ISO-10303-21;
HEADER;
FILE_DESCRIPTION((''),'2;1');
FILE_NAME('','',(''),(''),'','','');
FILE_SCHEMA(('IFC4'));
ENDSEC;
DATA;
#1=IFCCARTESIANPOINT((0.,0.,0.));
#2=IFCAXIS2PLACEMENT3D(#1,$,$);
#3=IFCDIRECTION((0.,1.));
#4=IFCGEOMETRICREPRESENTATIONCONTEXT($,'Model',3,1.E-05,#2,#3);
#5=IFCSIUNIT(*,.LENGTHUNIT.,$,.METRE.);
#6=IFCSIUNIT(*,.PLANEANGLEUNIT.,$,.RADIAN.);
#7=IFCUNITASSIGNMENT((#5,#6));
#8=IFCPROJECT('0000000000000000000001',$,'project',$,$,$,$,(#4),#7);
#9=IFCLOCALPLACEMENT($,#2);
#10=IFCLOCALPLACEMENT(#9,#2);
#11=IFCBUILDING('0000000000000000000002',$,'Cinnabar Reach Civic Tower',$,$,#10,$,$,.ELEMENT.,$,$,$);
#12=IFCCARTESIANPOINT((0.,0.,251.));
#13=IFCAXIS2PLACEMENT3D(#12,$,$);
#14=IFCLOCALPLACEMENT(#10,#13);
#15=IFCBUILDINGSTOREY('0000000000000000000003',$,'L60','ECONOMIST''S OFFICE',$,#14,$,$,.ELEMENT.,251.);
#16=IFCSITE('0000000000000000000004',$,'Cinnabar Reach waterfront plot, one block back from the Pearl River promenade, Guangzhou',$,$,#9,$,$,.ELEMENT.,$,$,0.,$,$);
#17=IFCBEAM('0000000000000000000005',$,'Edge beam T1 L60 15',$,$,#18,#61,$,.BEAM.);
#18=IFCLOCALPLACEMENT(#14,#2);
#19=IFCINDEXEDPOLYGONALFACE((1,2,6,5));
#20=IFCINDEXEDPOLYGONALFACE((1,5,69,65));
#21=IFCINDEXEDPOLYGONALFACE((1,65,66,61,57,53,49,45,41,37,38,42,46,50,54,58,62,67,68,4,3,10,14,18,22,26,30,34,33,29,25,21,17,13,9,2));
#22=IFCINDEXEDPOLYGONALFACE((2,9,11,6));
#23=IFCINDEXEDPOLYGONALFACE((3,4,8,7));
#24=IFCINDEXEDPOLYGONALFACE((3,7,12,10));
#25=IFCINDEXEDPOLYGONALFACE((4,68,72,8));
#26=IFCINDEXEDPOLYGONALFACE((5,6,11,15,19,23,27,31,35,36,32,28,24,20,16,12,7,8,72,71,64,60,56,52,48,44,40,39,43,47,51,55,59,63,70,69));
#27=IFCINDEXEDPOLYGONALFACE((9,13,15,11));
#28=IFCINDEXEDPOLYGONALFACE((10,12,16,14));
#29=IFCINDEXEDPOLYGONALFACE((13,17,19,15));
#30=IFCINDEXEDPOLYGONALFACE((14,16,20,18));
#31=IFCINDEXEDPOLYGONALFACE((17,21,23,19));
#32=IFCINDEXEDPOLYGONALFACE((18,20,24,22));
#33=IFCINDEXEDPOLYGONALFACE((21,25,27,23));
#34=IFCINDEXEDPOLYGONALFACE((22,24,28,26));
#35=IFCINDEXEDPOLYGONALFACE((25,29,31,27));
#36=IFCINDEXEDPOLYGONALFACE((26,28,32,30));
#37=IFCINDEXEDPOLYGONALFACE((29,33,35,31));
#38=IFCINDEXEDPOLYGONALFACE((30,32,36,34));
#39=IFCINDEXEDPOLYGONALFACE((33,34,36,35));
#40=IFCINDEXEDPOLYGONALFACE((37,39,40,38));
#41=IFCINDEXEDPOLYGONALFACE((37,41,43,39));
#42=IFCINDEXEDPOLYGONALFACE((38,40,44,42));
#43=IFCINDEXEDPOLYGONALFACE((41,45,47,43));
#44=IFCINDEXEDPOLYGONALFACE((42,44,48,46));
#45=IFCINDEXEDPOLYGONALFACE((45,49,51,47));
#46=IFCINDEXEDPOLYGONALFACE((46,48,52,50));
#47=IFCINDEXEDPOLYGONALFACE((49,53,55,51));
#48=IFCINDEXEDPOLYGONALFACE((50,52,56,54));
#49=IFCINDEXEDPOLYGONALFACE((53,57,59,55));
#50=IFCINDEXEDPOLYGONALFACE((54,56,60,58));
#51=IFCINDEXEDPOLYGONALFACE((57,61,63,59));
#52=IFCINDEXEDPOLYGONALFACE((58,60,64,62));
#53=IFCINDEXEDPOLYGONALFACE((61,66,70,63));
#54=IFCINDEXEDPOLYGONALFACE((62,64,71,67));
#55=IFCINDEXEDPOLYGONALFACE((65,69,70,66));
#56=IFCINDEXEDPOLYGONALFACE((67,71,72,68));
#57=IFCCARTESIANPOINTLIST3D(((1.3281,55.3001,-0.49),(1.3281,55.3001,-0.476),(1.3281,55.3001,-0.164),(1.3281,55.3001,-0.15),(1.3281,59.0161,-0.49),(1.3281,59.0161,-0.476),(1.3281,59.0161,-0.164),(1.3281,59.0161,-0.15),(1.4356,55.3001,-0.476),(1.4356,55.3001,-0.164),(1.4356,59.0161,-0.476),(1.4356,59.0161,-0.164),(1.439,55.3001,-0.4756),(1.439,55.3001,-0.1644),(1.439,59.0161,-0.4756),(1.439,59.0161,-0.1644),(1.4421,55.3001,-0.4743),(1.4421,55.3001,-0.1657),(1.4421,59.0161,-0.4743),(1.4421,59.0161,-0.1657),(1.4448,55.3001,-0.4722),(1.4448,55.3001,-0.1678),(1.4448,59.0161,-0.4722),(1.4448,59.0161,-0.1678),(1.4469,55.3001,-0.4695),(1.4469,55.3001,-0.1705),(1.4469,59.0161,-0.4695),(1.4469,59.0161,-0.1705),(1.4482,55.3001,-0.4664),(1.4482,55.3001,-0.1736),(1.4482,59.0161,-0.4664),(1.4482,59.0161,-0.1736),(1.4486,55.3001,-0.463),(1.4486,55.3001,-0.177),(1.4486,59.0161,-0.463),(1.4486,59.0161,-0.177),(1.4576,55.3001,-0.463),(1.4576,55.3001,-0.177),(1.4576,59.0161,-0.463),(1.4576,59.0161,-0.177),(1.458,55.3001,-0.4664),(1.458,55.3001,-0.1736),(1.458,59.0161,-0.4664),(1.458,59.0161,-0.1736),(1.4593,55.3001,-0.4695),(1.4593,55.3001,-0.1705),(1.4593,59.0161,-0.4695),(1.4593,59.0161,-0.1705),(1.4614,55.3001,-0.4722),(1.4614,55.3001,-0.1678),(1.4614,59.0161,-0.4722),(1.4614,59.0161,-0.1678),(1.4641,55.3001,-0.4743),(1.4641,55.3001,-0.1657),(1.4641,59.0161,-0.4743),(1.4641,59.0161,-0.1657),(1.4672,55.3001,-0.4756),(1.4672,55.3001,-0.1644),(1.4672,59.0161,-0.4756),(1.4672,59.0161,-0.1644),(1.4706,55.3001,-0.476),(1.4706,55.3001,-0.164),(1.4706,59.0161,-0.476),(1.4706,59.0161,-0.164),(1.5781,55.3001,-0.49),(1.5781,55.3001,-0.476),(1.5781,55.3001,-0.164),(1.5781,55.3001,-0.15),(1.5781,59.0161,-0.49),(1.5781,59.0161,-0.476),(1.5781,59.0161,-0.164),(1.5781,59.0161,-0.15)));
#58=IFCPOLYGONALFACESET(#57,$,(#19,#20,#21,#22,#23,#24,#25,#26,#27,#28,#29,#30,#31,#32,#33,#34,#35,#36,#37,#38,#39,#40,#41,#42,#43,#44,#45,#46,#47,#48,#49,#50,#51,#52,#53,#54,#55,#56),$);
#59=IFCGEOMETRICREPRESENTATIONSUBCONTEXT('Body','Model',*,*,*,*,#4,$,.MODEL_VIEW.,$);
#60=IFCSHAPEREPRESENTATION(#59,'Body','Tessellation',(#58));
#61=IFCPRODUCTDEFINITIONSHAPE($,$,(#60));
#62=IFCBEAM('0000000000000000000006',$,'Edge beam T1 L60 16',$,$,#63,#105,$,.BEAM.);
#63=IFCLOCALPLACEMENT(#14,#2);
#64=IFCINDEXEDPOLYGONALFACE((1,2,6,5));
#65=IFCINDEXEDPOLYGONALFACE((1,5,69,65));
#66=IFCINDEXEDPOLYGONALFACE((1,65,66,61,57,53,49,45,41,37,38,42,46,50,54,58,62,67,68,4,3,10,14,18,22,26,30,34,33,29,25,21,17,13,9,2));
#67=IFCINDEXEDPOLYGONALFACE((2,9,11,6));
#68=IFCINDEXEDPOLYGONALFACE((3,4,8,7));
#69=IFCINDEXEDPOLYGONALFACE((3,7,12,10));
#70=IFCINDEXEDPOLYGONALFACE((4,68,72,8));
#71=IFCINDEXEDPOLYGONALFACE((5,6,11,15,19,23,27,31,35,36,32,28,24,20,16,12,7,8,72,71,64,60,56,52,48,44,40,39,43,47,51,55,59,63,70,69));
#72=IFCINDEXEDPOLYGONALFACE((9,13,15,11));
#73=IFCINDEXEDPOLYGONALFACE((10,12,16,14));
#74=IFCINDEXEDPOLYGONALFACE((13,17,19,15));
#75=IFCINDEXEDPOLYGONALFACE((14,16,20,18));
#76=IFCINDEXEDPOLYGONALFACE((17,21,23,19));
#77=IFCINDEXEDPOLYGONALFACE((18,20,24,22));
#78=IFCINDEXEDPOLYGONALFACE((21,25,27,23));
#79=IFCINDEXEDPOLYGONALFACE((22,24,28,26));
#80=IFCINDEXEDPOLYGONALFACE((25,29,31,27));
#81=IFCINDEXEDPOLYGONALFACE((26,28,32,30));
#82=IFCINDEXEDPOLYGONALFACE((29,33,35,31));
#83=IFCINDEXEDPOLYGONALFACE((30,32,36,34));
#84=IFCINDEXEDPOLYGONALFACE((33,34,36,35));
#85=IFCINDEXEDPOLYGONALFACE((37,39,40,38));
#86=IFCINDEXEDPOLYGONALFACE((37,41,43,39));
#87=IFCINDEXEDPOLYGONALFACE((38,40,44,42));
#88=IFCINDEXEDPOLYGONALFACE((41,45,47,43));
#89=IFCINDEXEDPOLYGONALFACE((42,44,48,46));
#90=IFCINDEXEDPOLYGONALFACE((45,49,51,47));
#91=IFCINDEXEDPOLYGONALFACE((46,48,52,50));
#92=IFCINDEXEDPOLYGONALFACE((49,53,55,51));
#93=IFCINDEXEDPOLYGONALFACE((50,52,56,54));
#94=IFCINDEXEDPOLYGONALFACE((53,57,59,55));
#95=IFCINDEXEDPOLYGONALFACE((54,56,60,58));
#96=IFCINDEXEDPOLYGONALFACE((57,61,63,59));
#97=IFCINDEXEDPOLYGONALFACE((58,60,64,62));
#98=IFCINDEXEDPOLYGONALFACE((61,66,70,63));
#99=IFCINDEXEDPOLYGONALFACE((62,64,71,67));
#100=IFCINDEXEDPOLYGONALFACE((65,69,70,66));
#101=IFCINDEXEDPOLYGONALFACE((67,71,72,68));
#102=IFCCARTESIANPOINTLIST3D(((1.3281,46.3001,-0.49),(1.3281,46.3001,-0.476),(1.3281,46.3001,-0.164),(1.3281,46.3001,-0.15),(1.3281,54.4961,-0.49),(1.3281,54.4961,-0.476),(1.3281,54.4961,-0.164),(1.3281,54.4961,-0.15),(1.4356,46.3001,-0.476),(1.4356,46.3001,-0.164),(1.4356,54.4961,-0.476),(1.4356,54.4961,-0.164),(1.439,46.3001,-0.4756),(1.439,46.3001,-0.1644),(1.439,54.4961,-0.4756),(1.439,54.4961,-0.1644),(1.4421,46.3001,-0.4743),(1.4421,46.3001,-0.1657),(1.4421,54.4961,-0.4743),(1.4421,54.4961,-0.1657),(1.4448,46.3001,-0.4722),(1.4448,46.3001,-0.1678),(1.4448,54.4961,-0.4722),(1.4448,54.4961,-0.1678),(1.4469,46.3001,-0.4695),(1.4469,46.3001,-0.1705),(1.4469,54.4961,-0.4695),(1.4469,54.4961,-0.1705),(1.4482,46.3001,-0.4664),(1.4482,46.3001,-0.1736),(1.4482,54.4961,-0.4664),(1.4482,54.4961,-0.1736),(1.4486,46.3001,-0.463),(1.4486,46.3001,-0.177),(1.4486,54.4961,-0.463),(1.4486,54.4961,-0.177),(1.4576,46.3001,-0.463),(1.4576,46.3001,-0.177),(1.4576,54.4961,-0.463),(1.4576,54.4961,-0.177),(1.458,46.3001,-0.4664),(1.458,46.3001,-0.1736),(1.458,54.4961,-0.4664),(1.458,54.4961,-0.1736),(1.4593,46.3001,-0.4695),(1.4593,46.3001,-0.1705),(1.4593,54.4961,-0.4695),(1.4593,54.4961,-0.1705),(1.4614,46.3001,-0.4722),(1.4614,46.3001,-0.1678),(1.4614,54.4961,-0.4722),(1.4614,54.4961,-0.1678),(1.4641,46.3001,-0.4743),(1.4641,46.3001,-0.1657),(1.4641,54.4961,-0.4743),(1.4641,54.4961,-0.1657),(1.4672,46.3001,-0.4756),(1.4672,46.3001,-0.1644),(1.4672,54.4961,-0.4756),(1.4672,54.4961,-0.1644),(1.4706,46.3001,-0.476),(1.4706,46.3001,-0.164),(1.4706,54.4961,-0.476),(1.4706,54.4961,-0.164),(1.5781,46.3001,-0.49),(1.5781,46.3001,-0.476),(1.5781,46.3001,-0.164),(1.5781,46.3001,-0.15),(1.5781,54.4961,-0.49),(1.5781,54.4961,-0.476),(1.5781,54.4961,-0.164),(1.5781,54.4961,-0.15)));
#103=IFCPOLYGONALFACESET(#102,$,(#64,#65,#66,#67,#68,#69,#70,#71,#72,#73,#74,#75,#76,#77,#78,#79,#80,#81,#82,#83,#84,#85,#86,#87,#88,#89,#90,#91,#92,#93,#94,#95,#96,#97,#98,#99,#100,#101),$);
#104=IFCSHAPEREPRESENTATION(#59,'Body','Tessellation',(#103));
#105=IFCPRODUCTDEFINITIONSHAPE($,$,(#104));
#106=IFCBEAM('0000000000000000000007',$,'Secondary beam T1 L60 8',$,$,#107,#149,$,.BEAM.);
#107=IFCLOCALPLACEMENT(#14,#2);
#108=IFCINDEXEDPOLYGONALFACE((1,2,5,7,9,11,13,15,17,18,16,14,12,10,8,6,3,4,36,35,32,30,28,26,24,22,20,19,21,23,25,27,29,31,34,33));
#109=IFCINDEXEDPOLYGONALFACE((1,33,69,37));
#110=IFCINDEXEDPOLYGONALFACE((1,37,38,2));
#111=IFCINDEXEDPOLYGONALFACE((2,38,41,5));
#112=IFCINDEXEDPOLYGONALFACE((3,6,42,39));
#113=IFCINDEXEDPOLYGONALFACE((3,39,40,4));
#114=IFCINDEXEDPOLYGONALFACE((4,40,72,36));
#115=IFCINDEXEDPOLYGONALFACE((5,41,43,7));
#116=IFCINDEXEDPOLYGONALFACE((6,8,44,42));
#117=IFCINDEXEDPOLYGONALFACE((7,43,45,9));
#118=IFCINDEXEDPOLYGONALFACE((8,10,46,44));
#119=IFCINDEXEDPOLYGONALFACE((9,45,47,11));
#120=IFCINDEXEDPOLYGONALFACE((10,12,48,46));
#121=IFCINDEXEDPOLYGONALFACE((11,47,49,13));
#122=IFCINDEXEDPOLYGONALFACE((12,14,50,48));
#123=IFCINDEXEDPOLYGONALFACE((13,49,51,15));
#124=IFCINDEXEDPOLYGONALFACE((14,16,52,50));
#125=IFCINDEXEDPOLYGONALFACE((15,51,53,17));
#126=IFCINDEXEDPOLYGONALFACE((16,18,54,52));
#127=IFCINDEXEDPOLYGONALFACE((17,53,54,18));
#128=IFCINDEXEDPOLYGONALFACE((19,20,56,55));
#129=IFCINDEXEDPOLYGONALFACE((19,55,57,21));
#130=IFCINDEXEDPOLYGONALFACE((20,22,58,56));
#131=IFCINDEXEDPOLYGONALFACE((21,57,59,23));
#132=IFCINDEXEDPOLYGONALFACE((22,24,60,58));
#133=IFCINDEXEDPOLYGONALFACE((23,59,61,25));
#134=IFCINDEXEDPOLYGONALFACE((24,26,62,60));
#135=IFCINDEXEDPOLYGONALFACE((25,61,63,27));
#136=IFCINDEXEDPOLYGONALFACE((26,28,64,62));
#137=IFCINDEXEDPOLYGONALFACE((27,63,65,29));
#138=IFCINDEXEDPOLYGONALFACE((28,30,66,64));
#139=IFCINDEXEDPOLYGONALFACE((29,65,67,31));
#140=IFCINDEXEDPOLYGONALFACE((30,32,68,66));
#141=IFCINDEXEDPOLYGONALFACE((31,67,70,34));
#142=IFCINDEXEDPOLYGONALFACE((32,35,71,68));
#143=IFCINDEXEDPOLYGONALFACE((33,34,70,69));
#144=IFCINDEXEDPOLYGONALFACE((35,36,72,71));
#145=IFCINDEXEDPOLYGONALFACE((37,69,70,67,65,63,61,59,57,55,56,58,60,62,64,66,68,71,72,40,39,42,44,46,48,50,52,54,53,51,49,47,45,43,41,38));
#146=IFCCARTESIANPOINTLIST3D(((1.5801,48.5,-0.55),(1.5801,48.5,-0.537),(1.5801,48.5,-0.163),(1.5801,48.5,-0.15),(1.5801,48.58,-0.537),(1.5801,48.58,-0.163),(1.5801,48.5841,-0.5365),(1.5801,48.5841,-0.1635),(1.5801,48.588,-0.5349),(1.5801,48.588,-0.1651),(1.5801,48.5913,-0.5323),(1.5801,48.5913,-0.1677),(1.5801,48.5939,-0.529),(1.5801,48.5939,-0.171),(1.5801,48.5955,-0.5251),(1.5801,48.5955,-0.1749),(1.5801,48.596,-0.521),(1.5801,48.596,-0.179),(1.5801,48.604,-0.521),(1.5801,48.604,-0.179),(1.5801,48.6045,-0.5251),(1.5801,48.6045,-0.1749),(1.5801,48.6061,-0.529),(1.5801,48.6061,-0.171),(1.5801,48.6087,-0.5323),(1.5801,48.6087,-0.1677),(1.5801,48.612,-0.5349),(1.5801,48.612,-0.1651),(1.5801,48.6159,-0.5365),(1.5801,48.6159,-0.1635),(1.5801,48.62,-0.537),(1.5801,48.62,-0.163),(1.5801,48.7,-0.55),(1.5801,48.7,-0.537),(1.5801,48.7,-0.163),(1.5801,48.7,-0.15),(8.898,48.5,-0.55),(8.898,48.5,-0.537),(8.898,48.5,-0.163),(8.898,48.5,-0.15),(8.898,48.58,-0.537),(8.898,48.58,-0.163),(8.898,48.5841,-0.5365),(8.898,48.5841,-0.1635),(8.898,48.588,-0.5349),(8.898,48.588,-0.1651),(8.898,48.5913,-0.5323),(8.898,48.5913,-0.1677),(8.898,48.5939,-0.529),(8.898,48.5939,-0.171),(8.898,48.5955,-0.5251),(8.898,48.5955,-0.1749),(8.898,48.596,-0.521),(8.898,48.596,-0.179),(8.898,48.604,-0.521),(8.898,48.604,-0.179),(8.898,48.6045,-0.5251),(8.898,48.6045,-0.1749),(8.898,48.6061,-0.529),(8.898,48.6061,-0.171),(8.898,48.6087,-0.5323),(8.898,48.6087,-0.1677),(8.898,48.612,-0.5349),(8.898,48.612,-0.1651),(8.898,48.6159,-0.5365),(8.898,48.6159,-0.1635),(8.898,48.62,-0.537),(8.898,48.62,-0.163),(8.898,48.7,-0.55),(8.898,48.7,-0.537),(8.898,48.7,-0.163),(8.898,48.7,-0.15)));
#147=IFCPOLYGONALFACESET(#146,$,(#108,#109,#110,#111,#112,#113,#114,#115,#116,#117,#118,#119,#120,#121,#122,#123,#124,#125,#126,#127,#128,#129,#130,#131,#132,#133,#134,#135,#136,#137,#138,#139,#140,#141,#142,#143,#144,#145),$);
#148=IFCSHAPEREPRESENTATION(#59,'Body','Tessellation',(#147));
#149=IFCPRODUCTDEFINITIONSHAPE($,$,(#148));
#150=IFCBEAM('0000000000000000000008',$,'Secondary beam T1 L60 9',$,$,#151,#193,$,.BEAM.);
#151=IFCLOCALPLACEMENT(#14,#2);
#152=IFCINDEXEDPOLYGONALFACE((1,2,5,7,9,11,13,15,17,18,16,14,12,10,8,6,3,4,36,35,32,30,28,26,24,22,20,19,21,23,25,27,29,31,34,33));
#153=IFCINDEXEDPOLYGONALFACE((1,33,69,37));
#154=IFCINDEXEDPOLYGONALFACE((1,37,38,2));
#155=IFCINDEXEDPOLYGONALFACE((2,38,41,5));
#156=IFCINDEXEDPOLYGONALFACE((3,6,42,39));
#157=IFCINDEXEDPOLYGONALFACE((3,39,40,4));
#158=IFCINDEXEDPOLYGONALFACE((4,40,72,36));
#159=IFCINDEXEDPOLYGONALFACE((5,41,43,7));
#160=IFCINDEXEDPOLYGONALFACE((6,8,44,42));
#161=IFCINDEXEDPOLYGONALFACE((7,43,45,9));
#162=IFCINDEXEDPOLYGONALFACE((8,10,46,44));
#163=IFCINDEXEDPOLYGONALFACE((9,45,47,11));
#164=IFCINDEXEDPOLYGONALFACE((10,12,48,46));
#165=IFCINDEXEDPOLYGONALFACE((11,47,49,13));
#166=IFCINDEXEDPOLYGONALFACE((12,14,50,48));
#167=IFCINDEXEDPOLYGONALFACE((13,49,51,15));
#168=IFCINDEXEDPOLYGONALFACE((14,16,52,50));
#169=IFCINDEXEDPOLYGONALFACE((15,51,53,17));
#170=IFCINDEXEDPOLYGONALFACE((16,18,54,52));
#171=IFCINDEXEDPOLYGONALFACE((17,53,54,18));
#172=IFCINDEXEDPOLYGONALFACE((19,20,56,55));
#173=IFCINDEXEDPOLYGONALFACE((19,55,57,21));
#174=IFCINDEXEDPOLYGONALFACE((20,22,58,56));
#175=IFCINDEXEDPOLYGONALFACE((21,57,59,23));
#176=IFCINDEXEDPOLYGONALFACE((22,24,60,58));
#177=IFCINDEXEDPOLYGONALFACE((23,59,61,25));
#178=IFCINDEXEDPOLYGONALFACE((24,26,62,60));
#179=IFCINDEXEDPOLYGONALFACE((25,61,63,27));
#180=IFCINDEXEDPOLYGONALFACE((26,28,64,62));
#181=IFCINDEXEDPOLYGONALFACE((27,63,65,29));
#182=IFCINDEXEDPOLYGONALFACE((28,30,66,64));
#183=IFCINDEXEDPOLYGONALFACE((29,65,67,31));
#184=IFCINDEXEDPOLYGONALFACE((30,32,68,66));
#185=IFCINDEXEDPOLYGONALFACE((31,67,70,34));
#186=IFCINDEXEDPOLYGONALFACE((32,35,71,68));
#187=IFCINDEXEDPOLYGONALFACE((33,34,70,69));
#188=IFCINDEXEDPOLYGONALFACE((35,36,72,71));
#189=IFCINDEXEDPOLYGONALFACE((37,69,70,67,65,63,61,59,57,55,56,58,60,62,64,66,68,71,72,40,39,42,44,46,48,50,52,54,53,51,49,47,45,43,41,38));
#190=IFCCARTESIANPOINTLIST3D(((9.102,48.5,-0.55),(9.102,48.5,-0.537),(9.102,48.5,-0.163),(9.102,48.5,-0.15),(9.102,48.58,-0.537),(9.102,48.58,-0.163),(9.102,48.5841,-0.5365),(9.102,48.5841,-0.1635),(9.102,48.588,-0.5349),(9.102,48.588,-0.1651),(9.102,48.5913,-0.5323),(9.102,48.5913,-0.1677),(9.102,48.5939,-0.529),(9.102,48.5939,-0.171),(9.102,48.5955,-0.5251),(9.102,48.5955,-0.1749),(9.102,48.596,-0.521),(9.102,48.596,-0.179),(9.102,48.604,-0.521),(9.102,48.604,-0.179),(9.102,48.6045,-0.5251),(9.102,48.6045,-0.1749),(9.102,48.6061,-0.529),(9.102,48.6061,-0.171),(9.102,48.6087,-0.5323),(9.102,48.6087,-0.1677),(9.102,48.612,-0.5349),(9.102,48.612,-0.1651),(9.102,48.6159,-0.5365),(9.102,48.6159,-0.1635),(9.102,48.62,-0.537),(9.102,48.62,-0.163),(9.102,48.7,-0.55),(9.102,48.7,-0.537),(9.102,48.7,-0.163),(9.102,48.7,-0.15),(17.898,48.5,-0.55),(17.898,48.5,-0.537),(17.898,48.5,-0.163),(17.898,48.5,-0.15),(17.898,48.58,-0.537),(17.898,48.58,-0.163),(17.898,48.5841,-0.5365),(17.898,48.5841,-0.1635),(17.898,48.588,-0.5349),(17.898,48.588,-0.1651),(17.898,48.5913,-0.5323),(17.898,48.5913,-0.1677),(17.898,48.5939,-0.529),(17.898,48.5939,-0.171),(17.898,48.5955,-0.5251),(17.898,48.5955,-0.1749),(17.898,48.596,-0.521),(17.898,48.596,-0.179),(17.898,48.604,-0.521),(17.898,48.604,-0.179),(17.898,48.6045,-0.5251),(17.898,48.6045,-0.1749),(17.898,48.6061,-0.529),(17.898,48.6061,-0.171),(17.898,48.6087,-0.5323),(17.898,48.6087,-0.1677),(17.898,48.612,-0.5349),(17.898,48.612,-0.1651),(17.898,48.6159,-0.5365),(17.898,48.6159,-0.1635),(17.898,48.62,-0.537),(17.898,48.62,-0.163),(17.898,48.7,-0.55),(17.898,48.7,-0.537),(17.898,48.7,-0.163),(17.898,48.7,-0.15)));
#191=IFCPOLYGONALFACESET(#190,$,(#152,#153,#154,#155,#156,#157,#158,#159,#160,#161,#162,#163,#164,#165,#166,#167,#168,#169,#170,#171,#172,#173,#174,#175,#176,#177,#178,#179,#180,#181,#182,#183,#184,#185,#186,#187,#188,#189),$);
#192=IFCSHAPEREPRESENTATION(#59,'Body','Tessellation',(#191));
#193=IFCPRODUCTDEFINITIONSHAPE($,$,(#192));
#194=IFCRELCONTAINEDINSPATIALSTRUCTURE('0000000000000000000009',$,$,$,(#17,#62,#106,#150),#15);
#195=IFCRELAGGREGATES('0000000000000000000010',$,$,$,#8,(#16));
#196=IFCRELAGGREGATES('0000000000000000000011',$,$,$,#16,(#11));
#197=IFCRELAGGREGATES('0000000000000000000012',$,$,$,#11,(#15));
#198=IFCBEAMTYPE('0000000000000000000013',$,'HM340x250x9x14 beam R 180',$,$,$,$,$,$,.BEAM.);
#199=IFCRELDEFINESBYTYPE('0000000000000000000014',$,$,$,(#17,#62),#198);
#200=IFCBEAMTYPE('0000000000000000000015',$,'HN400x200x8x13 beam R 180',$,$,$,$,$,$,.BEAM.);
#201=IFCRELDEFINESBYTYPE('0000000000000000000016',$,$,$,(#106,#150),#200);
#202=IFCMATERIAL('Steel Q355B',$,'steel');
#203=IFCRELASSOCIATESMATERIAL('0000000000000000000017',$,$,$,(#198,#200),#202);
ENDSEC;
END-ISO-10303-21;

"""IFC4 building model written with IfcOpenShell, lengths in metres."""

from ifc_helpers import new_model, si_unit, direction, frame, origin, origin_2d, place, context, subcontext, project, spatial, i_section, extrude, material, material_profile, profile_set, type_object, element, save


model = new_model("IFC4")

# Units and contexts
model_context = context("Model", 3, precision=1e-05, world=origin(), true_north=direction((0.0, 1.0)))
body_context = subcontext(model_context, "Body", "Model", "MODEL_VIEW")
ifc_project = project(units=[si_unit("LENGTHUNIT", "METRE"), si_unit("PLANEANGLEUNIT", "RADIAN")], contexts=[model_context])

# Site, building, storey
site_placement = place(None, origin())
site = spatial("IfcSite", under=ifc_project, at=site_placement, Name="Cinnabar Reach waterfront plot, one block back from the Pearl River promenade, Guangzhou", CompositionType="ELEMENT", RefElevation=0.0)
building_placement = place(site_placement, origin())
building = spatial("IfcBuilding", under=site, at=building_placement, Name="Cinnabar Reach Civic Tower", CompositionType="ELEMENT")
storey_placement = place(building_placement, frame((0.0, 0.0, 251.0)))
storey = spatial("IfcBuildingStorey", under=building, at=storey_placement, Name="L60", Description="ECONOMIST'S OFFICE", CompositionType="ELEMENT", Elevation=251.0)

# Beams
ifc_material_1 = material(Name="Steel Q355B", Category="steel")
ifc_material_profile_1 = material_profile(ifc_material_1, i_section(OverallWidth=0.25, OverallDepth=0.34, WebThickness=0.009, FlangeThickness=0.014, FilletRadius=0.013, at=origin_2d()), Name="HM340x250x9x14")
ifc_profile_set_1 = profile_set([ifc_material_profile_1], Name="Steel Q355B")
beam_type_1 = type_object("IfcBeamType", Name="HM340x250x9x14 beam R 180", PredefinedType="BEAM", material=ifc_profile_set_1)
beam_1_placement = place(storey_placement, frame((1.4531, 59.0161, -0.32), z_axis=(0.0, -1.0, 0.0), x_axis=(1.0, 0.0, 0.0)))
element("IfcBeam", 1, at=beam_1_placement, inside=storey, type_object=beam_type_1, Name="Edge beam T1 L60 15", PredefinedType="BEAM", context=body_context, shape_type="SweptSolid", body=[
    extrude(i_section(OverallWidth=0.25, OverallDepth=0.34, WebThickness=0.009, FlangeThickness=0.014, FilletRadius=0.013, at=origin_2d()), origin(), (0.0, 0.0, 1.0), 3.716),
])
beam_2_placement = place(storey_placement, frame((1.4531, 54.4961, -0.32), z_axis=(0.0, -1.0, 0.0), x_axis=(1.0, 0.0, 0.0)))
element("IfcBeam", 2, at=beam_2_placement, inside=storey, type_object=beam_type_1, Name="Edge beam T1 L60 16", PredefinedType="BEAM", context=body_context, shape_type="SweptSolid", body=[
    extrude(i_section(OverallWidth=0.25, OverallDepth=0.34, WebThickness=0.009, FlangeThickness=0.014, FilletRadius=0.013, at=origin_2d()), origin(), (0.0, 0.0, 1.0), 8.196),
])
ifc_material_profile_2 = material_profile(ifc_material_1, i_section(OverallWidth=0.2, OverallDepth=0.4, WebThickness=0.008, FlangeThickness=0.013, FilletRadius=0.016, at=origin_2d()), Name="HN400x200x8x13")
ifc_profile_set_2 = profile_set([ifc_material_profile_2], Name="Steel Q355B")
beam_type_2 = type_object("IfcBeamType", Name="HN400x200x8x13 beam R 180", PredefinedType="BEAM", material=ifc_profile_set_2)
beam_3_placement = place(storey_placement, frame((1.5801, 48.6, -0.35), z_axis=(1.0, 0.0, 0.0), x_axis=(0.0, 1.0, 0.0)))
element("IfcBeam", 3, at=beam_3_placement, inside=storey, type_object=beam_type_2, Name="Secondary beam T1 L60 8", PredefinedType="BEAM", context=body_context, shape_type="SweptSolid", body=[
    extrude(i_section(OverallWidth=0.2, OverallDepth=0.4, WebThickness=0.008, FlangeThickness=0.013, FilletRadius=0.016, at=origin_2d()), origin(), (0.0, 0.0, 1.0), 7.3179),
])
beam_4_placement = place(storey_placement, frame((9.102, 48.6, -0.35), z_axis=(1.0, 0.0, 0.0), x_axis=(0.0, 1.0, 0.0)))
element("IfcBeam", 4, at=beam_4_placement, inside=storey, type_object=beam_type_2, Name="Secondary beam T1 L60 9", PredefinedType="BEAM", context=body_context, shape_type="SweptSolid", body=[
    extrude(i_section(OverallWidth=0.2, OverallDepth=0.4, WebThickness=0.008, FlangeThickness=0.013, FilletRadius=0.016, at=origin_2d()), origin(), (0.0, 0.0, 1.0), 8.796),
])

save(model, "model.ifc")
